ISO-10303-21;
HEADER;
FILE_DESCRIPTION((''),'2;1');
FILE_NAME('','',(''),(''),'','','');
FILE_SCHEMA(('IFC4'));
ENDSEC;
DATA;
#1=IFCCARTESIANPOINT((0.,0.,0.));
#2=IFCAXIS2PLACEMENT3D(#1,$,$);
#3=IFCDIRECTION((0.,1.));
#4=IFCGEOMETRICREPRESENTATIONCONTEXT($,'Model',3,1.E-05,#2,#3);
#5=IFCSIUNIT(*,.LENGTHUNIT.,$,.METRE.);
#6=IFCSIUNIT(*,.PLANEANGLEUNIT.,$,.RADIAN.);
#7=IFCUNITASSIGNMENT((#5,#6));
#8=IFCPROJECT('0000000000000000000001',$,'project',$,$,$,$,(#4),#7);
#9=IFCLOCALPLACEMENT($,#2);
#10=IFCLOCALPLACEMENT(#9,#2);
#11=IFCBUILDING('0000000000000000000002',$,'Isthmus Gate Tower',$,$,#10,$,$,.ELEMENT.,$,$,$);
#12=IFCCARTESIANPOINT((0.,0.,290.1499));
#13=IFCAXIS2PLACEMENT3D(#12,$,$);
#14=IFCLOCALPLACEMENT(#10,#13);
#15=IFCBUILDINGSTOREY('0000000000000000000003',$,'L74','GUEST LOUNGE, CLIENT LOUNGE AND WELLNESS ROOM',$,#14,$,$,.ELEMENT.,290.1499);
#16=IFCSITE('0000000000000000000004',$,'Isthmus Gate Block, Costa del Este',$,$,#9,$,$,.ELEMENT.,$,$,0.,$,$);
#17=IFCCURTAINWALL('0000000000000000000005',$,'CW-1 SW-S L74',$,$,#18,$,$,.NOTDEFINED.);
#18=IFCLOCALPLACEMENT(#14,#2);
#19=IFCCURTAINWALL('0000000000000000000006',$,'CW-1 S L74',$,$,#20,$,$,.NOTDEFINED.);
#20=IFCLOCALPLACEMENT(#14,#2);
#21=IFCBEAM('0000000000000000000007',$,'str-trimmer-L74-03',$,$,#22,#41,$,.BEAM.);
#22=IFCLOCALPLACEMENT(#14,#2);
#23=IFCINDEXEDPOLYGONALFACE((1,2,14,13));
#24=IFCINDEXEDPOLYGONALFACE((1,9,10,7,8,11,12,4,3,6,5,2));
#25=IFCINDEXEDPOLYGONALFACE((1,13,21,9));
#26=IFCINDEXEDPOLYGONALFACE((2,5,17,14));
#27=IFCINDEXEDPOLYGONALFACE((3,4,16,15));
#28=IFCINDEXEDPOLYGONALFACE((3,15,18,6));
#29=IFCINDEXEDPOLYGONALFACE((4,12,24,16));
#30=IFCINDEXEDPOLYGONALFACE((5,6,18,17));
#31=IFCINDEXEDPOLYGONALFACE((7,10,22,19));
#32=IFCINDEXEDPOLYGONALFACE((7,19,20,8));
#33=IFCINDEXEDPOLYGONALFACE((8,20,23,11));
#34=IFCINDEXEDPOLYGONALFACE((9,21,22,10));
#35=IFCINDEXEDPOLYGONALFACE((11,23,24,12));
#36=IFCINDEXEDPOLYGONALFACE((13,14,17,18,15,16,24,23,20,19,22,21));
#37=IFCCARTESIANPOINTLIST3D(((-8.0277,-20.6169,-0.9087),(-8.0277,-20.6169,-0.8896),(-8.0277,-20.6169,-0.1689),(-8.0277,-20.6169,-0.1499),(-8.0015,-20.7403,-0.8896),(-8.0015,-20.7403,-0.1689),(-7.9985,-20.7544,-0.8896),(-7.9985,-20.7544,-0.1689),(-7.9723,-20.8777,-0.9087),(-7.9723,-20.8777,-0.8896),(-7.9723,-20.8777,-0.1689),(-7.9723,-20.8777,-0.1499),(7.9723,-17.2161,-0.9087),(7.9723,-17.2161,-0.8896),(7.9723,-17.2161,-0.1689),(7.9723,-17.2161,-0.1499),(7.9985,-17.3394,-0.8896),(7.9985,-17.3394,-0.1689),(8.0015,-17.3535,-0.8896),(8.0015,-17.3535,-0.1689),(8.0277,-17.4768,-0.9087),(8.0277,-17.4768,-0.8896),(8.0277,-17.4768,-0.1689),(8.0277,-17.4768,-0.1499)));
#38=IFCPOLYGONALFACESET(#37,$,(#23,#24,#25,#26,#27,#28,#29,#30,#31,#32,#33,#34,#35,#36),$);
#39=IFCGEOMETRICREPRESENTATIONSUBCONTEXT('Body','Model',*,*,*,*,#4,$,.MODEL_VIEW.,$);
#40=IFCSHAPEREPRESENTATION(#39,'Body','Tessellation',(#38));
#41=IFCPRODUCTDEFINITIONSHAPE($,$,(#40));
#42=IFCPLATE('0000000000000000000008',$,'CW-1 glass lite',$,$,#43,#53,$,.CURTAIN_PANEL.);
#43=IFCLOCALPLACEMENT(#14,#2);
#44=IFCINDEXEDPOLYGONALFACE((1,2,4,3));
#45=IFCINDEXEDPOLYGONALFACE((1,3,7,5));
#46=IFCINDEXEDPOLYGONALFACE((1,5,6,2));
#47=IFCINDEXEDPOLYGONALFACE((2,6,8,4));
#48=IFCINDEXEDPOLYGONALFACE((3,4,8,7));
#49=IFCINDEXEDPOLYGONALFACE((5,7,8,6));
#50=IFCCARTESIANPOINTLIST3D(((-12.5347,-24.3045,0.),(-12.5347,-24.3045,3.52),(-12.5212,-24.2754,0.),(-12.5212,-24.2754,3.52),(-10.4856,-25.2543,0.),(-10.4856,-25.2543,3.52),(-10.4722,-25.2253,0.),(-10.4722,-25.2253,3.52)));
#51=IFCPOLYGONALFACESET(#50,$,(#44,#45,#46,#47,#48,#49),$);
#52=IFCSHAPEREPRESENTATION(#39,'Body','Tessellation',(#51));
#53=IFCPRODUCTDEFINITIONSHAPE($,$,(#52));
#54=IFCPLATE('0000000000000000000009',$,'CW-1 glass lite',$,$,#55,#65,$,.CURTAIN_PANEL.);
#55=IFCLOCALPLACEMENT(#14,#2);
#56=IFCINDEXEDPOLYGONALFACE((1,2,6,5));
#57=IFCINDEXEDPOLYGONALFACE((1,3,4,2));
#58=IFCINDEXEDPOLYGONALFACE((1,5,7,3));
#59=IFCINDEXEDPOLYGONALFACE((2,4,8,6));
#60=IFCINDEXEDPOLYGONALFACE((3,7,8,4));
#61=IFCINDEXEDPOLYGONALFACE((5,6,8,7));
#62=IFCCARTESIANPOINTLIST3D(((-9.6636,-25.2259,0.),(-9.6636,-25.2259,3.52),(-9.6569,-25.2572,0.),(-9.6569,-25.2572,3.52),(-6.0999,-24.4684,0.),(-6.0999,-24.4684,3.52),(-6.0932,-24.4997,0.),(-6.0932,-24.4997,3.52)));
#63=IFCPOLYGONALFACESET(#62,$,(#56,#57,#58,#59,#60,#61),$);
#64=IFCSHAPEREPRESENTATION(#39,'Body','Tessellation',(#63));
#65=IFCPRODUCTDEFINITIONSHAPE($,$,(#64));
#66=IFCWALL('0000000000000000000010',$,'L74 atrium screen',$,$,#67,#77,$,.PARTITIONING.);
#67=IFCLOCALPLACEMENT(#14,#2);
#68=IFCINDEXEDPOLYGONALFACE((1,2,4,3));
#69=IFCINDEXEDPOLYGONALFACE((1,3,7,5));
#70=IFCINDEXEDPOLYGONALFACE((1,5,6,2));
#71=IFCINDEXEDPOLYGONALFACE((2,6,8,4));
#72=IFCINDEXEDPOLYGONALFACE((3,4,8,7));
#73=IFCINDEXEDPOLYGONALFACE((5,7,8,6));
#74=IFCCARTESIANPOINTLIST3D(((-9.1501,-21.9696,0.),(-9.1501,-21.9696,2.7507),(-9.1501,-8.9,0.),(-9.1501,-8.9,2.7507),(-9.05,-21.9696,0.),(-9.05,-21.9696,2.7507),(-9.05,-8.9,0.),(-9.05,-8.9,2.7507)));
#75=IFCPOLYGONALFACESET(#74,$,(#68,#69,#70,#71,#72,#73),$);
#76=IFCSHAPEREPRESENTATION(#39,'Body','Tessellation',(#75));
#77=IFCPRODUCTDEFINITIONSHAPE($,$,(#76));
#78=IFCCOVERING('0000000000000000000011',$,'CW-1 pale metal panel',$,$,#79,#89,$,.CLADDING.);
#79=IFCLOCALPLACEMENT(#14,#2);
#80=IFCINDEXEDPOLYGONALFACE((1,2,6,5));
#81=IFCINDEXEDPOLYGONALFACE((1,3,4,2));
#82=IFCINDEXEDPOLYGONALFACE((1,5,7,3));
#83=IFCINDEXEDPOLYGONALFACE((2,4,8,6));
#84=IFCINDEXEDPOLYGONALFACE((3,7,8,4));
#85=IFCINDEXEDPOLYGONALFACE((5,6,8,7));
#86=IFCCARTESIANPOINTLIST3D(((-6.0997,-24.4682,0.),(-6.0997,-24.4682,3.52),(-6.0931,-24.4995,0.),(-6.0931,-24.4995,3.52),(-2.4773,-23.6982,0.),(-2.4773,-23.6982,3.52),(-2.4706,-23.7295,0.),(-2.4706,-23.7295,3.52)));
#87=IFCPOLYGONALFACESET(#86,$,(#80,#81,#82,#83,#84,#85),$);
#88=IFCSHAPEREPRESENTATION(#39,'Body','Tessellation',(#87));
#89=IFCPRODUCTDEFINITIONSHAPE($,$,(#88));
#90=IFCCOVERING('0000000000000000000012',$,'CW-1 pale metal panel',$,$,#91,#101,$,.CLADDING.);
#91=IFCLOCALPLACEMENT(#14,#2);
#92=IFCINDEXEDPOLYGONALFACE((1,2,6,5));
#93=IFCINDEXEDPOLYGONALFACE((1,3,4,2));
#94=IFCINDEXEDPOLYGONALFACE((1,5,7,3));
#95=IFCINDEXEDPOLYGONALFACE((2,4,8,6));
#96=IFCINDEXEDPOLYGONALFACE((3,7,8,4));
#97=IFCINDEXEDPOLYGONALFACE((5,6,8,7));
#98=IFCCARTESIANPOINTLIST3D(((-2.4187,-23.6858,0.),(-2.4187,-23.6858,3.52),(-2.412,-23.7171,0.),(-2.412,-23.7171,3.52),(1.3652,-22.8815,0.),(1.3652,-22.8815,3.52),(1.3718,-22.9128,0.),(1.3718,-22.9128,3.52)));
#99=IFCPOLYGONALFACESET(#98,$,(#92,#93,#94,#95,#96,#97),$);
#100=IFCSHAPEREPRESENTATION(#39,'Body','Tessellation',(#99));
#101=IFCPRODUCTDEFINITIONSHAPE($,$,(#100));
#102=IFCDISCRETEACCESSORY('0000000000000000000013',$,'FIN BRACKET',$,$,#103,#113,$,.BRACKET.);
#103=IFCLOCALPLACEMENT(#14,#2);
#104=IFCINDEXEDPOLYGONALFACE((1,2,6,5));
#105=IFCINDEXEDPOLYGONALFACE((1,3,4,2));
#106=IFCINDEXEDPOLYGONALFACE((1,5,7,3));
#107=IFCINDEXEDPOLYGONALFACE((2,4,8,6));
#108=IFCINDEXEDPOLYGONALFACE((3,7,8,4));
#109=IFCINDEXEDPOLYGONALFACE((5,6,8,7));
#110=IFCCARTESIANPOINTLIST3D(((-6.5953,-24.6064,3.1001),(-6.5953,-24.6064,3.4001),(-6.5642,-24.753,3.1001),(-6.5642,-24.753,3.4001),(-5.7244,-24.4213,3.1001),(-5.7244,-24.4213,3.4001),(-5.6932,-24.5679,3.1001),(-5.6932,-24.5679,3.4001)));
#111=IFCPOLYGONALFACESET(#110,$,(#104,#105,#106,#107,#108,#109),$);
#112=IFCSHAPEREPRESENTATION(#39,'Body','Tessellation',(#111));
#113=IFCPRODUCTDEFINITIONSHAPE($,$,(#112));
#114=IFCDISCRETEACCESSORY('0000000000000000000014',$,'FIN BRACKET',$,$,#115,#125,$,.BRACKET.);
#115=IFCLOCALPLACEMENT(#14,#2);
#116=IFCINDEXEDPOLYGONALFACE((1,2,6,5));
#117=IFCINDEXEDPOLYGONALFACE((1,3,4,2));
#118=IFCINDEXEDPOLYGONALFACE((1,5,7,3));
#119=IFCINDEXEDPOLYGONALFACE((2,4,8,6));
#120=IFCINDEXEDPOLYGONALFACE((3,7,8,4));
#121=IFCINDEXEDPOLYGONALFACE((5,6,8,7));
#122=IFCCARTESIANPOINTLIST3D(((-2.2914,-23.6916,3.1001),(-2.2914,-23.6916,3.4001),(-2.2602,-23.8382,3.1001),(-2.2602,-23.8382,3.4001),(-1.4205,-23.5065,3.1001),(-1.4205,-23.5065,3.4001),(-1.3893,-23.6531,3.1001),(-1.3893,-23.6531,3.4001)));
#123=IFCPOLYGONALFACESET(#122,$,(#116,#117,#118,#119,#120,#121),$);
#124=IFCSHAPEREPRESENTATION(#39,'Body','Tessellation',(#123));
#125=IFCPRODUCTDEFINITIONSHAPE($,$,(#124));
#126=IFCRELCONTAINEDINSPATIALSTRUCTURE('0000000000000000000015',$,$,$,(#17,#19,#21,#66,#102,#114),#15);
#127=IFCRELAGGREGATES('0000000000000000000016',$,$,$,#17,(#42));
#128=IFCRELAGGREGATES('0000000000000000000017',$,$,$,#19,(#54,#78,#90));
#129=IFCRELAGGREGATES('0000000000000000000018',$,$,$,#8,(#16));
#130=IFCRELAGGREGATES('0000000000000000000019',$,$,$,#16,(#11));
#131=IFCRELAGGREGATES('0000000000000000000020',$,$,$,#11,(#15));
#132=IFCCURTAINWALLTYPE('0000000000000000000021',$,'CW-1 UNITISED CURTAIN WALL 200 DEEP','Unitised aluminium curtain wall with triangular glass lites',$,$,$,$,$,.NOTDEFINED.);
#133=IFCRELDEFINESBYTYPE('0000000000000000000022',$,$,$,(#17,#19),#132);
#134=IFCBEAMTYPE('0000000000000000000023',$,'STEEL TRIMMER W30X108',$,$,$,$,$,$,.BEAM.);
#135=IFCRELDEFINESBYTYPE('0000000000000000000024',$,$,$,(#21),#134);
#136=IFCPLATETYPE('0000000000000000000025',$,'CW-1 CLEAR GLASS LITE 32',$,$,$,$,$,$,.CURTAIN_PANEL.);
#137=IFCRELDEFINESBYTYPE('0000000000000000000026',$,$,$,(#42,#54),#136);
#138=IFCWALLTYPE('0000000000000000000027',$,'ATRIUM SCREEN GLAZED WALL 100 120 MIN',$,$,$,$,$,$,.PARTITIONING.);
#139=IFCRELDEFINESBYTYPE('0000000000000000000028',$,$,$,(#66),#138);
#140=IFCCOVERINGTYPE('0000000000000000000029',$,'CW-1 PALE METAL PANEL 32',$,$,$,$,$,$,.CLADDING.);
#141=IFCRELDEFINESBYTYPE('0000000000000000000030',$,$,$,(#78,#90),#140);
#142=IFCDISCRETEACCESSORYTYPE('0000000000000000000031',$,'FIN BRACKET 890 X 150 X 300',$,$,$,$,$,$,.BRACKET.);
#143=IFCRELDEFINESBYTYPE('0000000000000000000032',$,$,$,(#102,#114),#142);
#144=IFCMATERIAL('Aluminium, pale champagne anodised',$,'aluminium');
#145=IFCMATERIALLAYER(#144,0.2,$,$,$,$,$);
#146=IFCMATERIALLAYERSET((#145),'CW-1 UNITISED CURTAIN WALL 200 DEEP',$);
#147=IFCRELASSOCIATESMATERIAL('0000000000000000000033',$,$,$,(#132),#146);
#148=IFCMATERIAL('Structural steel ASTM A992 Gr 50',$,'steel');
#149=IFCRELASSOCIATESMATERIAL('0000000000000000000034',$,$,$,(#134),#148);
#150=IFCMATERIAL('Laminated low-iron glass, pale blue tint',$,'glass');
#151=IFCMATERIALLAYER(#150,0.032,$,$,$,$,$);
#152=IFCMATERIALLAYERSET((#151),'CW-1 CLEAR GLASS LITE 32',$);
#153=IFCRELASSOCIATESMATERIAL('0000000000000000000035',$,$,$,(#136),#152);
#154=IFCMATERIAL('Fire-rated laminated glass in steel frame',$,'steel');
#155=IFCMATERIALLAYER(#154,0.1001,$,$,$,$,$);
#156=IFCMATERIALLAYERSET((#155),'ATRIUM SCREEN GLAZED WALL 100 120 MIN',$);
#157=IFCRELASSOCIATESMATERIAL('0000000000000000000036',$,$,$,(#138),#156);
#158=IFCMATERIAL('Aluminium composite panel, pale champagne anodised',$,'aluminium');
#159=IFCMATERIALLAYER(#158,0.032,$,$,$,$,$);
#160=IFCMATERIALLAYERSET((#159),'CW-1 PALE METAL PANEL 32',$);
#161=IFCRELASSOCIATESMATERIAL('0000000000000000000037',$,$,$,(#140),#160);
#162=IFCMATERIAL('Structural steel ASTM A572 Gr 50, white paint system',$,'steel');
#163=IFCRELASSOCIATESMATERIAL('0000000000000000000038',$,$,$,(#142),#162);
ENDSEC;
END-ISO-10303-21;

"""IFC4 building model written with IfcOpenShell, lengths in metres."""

from ifc_helpers import new_model, si_unit, direction, frame, frame_2d, origin, origin_2d, place, context, subcontext, project, spatial, rectangle, i_section, extrude, material, layer, layer_set, material_profile, profile_set, type_object, element, aggregate, save


model = new_model("IFC4")

# Units and contexts
model_context = context("Model", 3, precision=1e-05, world=origin(), true_north=direction((0.0, 1.0)))
body_context = subcontext(model_context, "Body", "Model", "MODEL_VIEW")
ifc_project = project(units=[si_unit("LENGTHUNIT", "METRE"), si_unit("PLANEANGLEUNIT", "RADIAN")], contexts=[model_context])

# Site, building, storey
site_placement = place(None, origin())
site = spatial("IfcSite", under=ifc_project, at=site_placement, Name="Isthmus Gate Block, Costa del Este", CompositionType="ELEMENT", RefElevation=0.0)
building_placement = place(site_placement, origin())
building = spatial("IfcBuilding", under=site, at=building_placement, Name="Isthmus Gate Tower", CompositionType="ELEMENT")
storey_placement = place(building_placement, frame((0.0, 0.0, 290.1499)))
storey = spatial("IfcBuildingStorey", under=building, at=storey_placement, Name="L74", Description="GUEST LOUNGE, CLIENT LOUNGE AND WELLNESS ROOM", CompositionType="ELEMENT", Elevation=290.1499)

# Curtain wall
ifc_material_1 = material(Name="Aluminium, pale champagne anodised", Category="aluminium")
ifc_layer_1 = layer(ifc_material_1, 0.2)
ifc_layer_set_1 = layer_set([ifc_layer_1], Name="CW-1 UNITISED CURTAIN WALL 200 DEEP")
curtain_wall_type = type_object("IfcCurtainWallType", Name="CW-1 UNITISED CURTAIN WALL 200 DEEP", Description="Unitised aluminium curtain wall with triangular glass lites", PredefinedType="NOTDEFINED", material=ifc_layer_set_1)
curtain_wall_1_placement = place(storey_placement, origin())
curtain_wall_1 = element("IfcCurtainWall", 1, at=curtain_wall_1_placement, inside=storey, type_object=curtain_wall_type, Name="CW-1 SW-S L74", PredefinedType="NOTDEFINED")

# Curtain wall
curtain_wall_2_placement = place(storey_placement, origin())
curtain_wall_2 = element("IfcCurtainWall", 2, at=curtain_wall_2_placement, inside=storey, type_object=curtain_wall_type, Name="CW-1 S L74", PredefinedType="NOTDEFINED")

# Beam
ifc_material_2 = material(Name="Structural steel ASTM A992 Gr 50", Category="steel")
ifc_material_profile_1 = material_profile(ifc_material_2, i_section(OverallWidth=0.2666, OverallDepth=0.7588, WebThickness=0.0144, FlangeThickness=0.019, at=origin_2d()), Name="W30X108")
ifc_profile_set_1 = profile_set([ifc_material_profile_1], Name="Structural steel ASTM A992 Gr 50")
beam_type_1 = type_object("IfcBeamType", Name="STEEL TRIMMER W30X108", PredefinedType="BEAM", material=ifc_profile_set_1)
beam_1_placement = place(storey_placement, frame((-8.0, -20.7473, -0.5293), z_axis=(0.978148, 0.20791, 0.0), x_axis=(-0.20791, 0.978148, 0.0)))
element("IfcBeam", 3, at=beam_1_placement, inside=storey, type_object=beam_type_1, Name="str-trimmer-L74-03", PredefinedType="BEAM", context=body_context, shape_type="SweptSolid", body=[
    extrude(i_section(OverallWidth=0.2666, OverallDepth=0.7588, WebThickness=0.0144, FlangeThickness=0.019, at=origin_2d()), origin(), (0.0, 0.0, 1.0), 16.3574),
])

# Plates
ifc_material_3 = material(Name="Laminated low-iron glass, pale blue tint", Category="glass")
ifc_layer_2 = layer(ifc_material_3, 0.032)
ifc_layer_set_2 = layer_set([ifc_layer_2], Name="CW-1 CLEAR GLASS LITE 32")
plate_type = type_object("IfcPlateType", Name="CW-1 CLEAR GLASS LITE 32", PredefinedType="CURTAIN_PANEL", material=ifc_layer_set_2)
plate_1_placement = place(storey_placement, frame((-11.5034, -24.7649, 0.0), z_axis=(0.0, 0.0, 1.0), x_axis=(0.907256, -0.420578, 0.0)))
plate_1 = element("IfcPlate", 4, at=plate_1_placement, type_object=plate_type, Name="CW-1 glass lite", PredefinedType="CURTAIN_PANEL", context=body_context, shape_type="SweptSolid", body=[
    extrude(rectangle(XDim=2.2585, YDim=0.032, at=origin_2d()), origin(), (0.0, 0.0, 1.0), 3.52),
])
aggregate(curtain_wall_1, [plate_1])
plate_2_placement = place(storey_placement, frame((-7.8784, -24.8628, 0.0), z_axis=(0.0, 0.0, 1.0), x_axis=(0.978148, 0.207912, 0.0)))
plate_2 = element("IfcPlate", 5, at=plate_2_placement, type_object=plate_type, Name="CW-1 glass lite", PredefinedType="CURTAIN_PANEL", context=body_context, shape_type="SweptSolid", body=[
    extrude(rectangle(XDim=3.6433, YDim=0.032, at=origin_2d()), origin(), (0.0, 0.0, 1.0), 3.52),
])

# Wall
ifc_material_4 = material(Name="Fire-rated laminated glass in steel frame", Category="steel")
ifc_layer_3 = layer(ifc_material_4, 0.1001)
ifc_layer_set_3 = layer_set([ifc_layer_3], Name="ATRIUM SCREEN GLAZED WALL 100 120 MIN")
wall_type = type_object("IfcWallType", Name="ATRIUM SCREEN GLAZED WALL 100 120 MIN", PredefinedType="PARTITIONING", material=ifc_layer_set_3)
wall_placement = place(storey_placement, frame((-9.1001, -21.9695, 0.0), z_axis=(0.0, 0.0, 1.0), x_axis=(0.0, 1.0, 0.0)))
element("IfcWall", 6, at=wall_placement, inside=storey, type_object=wall_type, Name="L74 atrium screen", PredefinedType="PARTITIONING", context=body_context, shape_type="SweptSolid", body=[
    extrude(rectangle(XDim=13.0696, YDim=0.1001, at=frame_2d((6.5347, 0.0))), origin(), (0.0, 0.0, 1.0), 2.7507),
])

# Coverings
ifc_material_5 = material(Name="Aluminium composite panel, pale champagne anodised", Category="aluminium")
ifc_layer_4 = layer(ifc_material_5, 0.032)
ifc_layer_set_4 = layer_set([ifc_layer_4], Name="CW-1 PALE METAL PANEL 32")
covering_type = type_object("IfcCoveringType", Name="CW-1 PALE METAL PANEL 32", PredefinedType="CLADDING", material=ifc_layer_set_4)
covering_1_placement = place(storey_placement, frame((-4.2852, -24.0989, 0.0), z_axis=(0.0, 0.0, 1.0), x_axis=(0.978148, 0.207912, 0.0)))
covering_1 = element("IfcCovering", 7, at=covering_1_placement, type_object=covering_type, Name="CW-1 pale metal panel", PredefinedType="CLADDING", context=body_context, shape_type="SweptSolid", body=[
    extrude(rectangle(XDim=3.7034, YDim=0.032, at=origin_2d()), origin(), (0.0, 0.0, 1.0), 3.52),
])
covering_2_placement = place(storey_placement, frame((-0.5234, -23.2993, 0.0), z_axis=(0.0, 0.0, 1.0), x_axis=(0.978148, 0.207912, 0.0)))
covering_2 = element("IfcCovering", 8, at=covering_2_placement, type_object=covering_type, Name="CW-1 pale metal panel", PredefinedType="CLADDING", context=body_context, shape_type="SweptSolid", body=[
    extrude(rectangle(XDim=3.8684, YDim=0.032, at=origin_2d()), origin(), (0.0, 0.0, 1.0), 3.52),
])
aggregate(curtain_wall_2, [plate_2, covering_1, covering_2])

# Discrete accessories
ifc_material_6 = material(Name="Structural steel ASTM A572 Gr 50, white paint system", Category="steel")
discrete_accessory_type = type_object("IfcDiscreteAccessoryType", Name="FIN BRACKET 890 X 150 X 300", PredefinedType="BRACKET", material=ifc_material_6)
for number, where, z_axis, x_axis, name in (
    (9, (-6.1443, -24.5872, 3.1001), (0.0, 0.0, 1.0), (0.207912, -0.978148, 0.0), "FIN BRACKET"),
    (10, (-1.8403, -23.6724, 3.1001), (0.0, 0.0, 1.0), (0.207912, -0.978148, 0.0), "FIN BRACKET"),
):
    element("IfcDiscreteAccessory", number, at=place(storey_placement, frame(where, z_axis=z_axis, x_axis=x_axis)), inside=storey, type_object=discrete_accessory_type, Name=name, PredefinedType="BRACKET", context=body_context, shape_type="SweptSolid", body=[
        extrude(rectangle(XDim=0.1499, YDim=0.8904, at=origin_2d()), origin(), (0.0, 0.0, 1.0), 0.3),
    ])

save(model, "model.ifc")
